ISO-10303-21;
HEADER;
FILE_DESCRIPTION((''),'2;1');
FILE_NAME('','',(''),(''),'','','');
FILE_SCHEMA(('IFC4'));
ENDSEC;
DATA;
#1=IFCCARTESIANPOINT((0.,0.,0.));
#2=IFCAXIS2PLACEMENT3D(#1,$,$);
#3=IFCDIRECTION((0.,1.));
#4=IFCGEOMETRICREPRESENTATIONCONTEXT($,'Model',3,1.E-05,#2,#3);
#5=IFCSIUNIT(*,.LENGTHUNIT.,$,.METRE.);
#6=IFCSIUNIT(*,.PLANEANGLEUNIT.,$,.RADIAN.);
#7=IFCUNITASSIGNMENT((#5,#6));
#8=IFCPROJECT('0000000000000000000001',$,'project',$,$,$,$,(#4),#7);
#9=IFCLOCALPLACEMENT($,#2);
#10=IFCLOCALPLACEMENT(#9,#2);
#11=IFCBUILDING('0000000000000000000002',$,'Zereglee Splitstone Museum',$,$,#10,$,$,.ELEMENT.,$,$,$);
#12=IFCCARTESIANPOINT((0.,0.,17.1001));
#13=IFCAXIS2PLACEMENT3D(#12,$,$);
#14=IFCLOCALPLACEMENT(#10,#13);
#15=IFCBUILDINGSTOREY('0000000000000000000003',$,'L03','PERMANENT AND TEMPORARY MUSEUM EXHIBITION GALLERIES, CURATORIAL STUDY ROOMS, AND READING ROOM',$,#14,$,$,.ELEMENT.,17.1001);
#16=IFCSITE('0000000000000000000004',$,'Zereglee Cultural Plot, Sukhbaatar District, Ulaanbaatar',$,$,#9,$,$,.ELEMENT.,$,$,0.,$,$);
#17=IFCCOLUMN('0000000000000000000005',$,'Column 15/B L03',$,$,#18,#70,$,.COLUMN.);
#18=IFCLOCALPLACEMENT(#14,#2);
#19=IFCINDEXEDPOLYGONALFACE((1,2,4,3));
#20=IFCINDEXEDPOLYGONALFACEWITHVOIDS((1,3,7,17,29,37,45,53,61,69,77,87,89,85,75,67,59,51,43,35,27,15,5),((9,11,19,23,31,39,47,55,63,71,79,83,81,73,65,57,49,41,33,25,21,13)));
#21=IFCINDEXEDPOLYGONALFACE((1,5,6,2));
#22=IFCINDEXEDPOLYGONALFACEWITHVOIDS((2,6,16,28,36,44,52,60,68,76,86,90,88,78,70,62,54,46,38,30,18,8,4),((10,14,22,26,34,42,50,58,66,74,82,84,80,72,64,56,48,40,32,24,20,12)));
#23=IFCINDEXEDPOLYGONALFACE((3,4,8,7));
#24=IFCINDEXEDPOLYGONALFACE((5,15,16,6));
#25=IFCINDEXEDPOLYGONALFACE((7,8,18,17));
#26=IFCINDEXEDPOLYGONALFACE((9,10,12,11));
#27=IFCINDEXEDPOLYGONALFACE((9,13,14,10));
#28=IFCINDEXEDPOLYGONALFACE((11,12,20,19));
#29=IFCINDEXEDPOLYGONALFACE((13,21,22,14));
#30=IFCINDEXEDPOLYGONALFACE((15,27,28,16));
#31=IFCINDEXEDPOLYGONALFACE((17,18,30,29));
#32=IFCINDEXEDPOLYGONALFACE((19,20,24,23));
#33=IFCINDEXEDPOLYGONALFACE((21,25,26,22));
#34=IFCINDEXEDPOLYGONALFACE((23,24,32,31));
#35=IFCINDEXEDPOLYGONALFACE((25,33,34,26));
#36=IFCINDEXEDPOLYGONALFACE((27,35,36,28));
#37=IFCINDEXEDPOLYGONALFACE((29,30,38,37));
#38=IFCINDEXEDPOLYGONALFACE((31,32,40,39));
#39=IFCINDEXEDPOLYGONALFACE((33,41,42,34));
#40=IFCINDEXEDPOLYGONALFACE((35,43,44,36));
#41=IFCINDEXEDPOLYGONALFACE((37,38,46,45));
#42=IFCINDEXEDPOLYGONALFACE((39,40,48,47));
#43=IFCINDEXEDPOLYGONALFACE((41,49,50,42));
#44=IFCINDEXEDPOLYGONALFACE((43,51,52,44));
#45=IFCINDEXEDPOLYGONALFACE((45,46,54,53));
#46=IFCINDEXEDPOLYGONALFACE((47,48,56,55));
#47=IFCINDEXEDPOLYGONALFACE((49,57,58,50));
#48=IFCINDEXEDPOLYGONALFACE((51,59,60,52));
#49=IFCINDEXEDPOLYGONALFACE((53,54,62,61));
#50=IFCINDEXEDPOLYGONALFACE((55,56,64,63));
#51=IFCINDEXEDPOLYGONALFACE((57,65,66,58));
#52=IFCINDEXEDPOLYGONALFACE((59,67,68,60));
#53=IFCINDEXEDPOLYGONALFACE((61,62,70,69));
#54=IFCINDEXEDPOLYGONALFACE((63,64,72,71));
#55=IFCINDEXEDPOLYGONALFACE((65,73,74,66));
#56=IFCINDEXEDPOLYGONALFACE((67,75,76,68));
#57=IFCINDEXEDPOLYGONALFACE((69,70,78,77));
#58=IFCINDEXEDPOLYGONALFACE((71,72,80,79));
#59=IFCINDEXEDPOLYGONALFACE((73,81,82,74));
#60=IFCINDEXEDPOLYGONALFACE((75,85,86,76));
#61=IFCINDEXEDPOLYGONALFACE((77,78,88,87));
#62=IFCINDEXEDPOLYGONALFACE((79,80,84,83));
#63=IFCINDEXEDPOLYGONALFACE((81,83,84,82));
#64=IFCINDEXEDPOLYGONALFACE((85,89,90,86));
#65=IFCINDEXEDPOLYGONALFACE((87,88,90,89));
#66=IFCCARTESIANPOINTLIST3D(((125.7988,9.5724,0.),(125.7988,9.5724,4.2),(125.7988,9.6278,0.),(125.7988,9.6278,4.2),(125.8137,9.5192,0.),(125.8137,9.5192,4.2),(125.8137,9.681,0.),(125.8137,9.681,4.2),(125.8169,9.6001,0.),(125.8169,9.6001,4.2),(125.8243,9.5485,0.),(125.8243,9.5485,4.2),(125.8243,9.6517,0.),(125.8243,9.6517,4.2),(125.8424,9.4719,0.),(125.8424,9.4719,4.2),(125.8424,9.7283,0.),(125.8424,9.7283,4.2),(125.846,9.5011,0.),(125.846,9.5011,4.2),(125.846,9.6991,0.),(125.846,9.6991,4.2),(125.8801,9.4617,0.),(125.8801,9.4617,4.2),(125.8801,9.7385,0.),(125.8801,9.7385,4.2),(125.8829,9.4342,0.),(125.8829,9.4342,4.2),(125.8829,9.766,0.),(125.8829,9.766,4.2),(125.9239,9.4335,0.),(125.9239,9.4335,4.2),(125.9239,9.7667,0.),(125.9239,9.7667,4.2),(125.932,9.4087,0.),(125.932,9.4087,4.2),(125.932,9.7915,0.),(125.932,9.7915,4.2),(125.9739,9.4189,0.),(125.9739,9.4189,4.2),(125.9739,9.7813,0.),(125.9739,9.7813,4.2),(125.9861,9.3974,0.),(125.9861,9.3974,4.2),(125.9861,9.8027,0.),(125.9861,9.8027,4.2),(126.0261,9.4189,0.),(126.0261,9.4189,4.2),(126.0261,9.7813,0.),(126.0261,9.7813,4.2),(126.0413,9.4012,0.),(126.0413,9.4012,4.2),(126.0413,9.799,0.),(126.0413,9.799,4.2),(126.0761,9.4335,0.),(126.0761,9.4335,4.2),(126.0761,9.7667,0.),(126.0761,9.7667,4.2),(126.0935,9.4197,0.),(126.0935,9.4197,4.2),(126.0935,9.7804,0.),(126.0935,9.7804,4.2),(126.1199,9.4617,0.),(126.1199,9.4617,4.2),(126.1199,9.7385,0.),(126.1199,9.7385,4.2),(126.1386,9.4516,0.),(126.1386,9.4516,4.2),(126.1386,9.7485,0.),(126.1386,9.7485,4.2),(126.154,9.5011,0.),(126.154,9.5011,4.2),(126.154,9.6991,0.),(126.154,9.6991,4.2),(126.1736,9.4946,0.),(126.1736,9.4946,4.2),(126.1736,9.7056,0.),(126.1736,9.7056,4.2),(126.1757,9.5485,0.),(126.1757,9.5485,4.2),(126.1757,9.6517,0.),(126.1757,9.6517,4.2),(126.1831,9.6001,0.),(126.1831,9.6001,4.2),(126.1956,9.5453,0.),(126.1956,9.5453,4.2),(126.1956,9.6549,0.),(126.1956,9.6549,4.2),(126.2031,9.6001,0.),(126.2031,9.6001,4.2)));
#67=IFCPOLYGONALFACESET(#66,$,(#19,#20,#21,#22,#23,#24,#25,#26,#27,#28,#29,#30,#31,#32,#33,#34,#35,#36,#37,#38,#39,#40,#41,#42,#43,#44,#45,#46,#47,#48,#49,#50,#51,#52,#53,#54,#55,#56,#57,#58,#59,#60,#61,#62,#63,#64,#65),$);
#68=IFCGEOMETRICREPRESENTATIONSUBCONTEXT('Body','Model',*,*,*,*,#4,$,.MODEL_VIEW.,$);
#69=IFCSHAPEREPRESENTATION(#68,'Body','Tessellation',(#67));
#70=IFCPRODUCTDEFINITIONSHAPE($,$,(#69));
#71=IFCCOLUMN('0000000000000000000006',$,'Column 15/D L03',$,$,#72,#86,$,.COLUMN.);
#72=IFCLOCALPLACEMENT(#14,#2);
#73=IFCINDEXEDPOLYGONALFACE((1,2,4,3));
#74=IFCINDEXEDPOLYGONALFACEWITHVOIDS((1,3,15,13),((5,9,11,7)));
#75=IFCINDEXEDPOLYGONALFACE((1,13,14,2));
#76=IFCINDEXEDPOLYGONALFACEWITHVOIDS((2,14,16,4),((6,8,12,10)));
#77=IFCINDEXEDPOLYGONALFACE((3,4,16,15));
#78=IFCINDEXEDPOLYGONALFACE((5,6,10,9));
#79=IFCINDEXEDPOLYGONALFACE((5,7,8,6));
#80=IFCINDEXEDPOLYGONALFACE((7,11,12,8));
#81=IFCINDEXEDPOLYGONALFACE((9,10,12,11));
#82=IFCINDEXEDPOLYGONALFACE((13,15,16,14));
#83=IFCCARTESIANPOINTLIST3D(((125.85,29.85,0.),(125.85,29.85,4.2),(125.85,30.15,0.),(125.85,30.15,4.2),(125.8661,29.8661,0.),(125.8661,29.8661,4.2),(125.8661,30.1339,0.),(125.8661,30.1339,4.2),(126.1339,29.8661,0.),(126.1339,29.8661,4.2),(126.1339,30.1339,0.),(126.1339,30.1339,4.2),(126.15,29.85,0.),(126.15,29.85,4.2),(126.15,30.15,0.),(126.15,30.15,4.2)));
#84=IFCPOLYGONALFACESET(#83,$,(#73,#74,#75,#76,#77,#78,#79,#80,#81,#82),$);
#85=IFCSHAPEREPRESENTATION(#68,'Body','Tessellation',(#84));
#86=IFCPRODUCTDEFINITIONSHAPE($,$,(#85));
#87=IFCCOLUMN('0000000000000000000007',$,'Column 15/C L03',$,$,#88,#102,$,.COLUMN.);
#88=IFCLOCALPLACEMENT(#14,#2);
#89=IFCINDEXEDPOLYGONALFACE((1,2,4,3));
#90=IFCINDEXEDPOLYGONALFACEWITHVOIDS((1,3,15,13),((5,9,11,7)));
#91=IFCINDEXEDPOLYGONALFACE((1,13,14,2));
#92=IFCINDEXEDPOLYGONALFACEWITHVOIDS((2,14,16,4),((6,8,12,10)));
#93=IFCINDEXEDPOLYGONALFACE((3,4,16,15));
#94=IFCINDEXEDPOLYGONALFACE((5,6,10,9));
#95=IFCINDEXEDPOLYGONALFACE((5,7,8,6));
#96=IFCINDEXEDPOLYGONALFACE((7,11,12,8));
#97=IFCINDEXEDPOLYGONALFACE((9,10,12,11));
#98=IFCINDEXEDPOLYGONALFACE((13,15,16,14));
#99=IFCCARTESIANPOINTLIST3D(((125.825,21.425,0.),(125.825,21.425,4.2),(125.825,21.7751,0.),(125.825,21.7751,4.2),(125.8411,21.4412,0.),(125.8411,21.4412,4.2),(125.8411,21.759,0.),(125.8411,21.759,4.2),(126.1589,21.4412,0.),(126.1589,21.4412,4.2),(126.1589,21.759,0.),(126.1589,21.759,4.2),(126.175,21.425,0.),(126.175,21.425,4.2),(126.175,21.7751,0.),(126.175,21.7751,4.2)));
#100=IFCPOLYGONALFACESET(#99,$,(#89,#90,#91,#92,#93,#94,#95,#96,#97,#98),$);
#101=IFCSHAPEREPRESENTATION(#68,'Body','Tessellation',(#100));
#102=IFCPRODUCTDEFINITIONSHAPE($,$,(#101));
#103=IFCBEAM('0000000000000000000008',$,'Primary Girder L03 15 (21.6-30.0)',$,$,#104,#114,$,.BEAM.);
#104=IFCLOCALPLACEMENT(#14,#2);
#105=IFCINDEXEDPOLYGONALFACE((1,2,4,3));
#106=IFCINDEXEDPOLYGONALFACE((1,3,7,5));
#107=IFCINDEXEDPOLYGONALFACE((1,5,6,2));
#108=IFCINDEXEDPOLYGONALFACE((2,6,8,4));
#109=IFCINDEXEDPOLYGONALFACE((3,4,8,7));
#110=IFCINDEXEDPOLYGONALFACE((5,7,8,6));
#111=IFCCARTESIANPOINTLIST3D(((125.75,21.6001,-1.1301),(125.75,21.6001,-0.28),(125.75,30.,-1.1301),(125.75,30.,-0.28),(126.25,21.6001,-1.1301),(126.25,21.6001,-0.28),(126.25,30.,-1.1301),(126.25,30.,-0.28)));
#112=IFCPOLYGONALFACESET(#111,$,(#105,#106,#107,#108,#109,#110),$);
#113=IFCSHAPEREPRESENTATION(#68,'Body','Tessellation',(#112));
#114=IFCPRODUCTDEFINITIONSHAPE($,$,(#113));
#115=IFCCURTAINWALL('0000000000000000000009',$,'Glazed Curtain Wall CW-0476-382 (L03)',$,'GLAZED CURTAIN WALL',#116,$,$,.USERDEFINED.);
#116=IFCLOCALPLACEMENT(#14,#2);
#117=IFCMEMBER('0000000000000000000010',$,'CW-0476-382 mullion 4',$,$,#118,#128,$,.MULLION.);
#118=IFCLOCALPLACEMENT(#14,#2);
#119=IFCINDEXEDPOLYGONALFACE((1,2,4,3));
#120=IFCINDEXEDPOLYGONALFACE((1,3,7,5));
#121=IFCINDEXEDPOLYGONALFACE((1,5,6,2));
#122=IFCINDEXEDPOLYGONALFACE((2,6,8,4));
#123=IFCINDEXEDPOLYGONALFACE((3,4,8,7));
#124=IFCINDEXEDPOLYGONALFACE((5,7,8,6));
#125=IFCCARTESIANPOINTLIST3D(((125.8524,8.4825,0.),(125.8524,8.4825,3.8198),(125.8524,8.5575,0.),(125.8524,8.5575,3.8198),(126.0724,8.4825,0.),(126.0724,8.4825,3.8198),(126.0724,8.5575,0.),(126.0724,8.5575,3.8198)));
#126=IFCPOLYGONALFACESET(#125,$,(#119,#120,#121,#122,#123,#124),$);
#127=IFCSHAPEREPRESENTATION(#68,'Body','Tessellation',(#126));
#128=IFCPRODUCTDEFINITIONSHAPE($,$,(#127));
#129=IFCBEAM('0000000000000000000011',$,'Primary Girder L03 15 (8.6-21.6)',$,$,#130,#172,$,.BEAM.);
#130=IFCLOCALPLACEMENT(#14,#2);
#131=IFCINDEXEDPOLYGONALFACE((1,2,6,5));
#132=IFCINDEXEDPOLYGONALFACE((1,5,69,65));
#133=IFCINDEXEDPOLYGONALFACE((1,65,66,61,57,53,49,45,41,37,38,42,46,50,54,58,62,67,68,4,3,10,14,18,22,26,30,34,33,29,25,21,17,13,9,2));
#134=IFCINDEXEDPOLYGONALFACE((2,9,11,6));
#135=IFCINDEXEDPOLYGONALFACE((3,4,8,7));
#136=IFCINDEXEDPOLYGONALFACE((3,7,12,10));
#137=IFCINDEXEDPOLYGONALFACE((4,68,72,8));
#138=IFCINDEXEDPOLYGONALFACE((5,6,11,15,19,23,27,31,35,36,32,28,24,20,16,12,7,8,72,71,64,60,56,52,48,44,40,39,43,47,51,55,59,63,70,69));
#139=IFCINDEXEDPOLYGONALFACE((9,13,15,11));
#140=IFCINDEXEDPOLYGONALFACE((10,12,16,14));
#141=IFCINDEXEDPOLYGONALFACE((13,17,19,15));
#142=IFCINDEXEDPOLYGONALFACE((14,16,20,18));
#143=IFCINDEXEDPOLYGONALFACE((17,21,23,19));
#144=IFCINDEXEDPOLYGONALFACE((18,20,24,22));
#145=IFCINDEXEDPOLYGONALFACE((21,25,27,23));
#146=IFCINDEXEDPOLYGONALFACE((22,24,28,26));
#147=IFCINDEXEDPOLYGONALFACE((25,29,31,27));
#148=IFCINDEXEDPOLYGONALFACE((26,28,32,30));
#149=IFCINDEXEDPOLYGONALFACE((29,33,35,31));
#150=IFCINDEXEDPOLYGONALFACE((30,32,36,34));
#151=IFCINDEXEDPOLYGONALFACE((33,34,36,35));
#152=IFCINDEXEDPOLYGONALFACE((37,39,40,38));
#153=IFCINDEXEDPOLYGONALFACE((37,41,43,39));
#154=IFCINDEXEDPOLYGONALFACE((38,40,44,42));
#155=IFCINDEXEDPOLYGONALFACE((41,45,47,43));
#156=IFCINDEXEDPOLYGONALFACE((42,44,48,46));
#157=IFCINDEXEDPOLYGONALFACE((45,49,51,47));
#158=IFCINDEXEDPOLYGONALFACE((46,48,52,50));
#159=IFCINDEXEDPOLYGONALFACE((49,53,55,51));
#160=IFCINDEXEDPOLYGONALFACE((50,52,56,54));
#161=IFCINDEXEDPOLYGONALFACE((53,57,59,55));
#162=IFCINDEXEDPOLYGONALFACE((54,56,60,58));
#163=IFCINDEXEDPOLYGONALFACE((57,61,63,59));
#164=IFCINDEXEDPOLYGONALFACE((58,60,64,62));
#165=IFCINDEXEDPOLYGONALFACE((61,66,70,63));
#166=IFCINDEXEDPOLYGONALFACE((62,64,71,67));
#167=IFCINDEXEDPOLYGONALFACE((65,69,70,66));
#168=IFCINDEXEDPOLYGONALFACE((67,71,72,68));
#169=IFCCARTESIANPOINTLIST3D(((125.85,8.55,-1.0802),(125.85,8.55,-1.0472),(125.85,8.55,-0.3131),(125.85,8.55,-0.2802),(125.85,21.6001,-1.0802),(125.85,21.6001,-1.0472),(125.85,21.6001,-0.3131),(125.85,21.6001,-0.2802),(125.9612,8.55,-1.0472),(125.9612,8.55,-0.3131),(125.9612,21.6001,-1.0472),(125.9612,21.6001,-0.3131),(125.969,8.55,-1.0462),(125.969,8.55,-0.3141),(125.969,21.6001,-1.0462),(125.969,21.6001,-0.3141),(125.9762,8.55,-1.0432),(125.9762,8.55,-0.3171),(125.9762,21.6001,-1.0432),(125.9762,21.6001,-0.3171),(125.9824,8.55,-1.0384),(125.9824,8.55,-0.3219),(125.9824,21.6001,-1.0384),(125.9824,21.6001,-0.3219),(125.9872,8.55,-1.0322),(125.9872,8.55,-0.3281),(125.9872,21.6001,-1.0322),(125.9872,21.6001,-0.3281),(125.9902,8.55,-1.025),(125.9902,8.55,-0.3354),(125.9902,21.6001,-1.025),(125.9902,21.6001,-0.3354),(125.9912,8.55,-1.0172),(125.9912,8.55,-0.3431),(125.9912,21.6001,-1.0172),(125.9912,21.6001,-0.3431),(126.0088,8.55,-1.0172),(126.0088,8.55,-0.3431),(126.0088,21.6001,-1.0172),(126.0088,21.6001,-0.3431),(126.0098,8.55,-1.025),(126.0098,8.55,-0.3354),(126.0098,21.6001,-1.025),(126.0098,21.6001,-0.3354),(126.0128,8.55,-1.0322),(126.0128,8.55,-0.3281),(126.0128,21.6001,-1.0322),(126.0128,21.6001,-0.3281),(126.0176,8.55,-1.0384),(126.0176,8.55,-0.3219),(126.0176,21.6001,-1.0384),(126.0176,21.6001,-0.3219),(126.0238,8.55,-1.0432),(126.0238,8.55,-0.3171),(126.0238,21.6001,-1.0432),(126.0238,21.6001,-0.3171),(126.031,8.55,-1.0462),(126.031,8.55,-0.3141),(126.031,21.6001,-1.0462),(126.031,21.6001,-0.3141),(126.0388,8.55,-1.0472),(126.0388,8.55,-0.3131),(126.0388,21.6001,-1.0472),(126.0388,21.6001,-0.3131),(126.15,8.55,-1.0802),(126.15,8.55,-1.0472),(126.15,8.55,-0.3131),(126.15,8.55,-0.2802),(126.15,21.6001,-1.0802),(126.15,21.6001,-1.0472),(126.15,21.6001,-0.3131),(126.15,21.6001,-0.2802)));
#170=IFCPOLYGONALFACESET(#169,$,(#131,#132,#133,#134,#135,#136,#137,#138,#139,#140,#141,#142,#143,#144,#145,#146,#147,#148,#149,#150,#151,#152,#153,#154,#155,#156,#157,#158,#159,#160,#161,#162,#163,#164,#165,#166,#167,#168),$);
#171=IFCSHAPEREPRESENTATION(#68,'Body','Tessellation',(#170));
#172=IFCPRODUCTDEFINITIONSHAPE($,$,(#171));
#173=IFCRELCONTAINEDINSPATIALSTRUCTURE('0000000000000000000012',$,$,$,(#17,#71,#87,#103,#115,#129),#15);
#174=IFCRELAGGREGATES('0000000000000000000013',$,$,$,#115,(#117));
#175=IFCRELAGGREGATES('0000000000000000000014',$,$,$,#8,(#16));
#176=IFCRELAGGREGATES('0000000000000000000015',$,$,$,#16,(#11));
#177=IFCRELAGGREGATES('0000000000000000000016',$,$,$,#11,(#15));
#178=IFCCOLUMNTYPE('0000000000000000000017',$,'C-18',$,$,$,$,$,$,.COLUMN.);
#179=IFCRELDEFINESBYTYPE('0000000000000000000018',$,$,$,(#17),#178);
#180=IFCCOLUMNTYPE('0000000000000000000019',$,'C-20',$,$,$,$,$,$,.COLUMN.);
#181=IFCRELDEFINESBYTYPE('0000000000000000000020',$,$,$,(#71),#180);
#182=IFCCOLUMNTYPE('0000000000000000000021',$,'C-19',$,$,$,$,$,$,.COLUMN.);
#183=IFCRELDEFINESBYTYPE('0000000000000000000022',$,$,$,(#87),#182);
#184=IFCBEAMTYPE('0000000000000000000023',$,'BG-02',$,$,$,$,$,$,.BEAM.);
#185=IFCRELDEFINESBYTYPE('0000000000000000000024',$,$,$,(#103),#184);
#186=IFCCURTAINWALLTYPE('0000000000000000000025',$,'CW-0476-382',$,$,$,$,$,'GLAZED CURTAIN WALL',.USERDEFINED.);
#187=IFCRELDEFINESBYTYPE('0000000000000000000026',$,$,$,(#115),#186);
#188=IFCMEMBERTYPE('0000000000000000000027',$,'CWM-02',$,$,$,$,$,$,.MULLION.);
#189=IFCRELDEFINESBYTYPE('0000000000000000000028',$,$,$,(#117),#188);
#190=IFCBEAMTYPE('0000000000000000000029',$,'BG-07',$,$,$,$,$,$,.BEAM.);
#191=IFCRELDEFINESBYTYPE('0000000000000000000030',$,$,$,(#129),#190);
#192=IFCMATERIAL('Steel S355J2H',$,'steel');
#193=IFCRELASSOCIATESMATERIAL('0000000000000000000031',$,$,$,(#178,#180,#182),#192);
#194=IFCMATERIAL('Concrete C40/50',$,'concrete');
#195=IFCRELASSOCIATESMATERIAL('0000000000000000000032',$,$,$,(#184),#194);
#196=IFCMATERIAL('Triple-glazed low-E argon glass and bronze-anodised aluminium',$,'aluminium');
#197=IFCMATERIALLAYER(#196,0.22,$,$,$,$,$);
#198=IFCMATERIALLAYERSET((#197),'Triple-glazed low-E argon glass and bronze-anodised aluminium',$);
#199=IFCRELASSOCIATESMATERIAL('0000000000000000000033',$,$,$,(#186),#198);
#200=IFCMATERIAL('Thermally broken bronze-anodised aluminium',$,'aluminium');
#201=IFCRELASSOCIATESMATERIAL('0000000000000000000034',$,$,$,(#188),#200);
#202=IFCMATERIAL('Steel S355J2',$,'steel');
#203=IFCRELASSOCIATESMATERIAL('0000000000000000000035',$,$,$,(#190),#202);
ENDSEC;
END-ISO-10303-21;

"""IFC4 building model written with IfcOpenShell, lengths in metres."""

from ifc_helpers import new_model, si_unit, direction, frame, origin, origin_2d, place, context, subcontext, project, spatial, rectangle, hollow_rectangle, hollow_circle, i_section, extrude, material, layer, layer_set, material_profile, profile_set, type_object, element, aggregate, save


model = new_model("IFC4")

# Units and contexts
model_context = context("Model", 3, precision=1e-05, world=origin(), true_north=direction((0.0, 1.0)))
body_context = subcontext(model_context, "Body", "Model", "MODEL_VIEW")
ifc_project = project(units=[si_unit("LENGTHUNIT", "METRE"), si_unit("PLANEANGLEUNIT", "RADIAN")], contexts=[model_context])

# Site, building, storey
site_placement = place(None, origin())
site = spatial("IfcSite", under=ifc_project, at=site_placement, Name="Zereglee Cultural Plot, Sukhbaatar District, Ulaanbaatar", CompositionType="ELEMENT", RefElevation=0.0)
building_placement = place(site_placement, origin())
building = spatial("IfcBuilding", under=site, at=building_placement, Name="Zereglee Splitstone Museum", CompositionType="ELEMENT")
storey_placement = place(building_placement, frame((0.0, 0.0, 17.1001)))
storey = spatial("IfcBuildingStorey", under=building, at=storey_placement, Name="L03", Description="PERMANENT AND TEMPORARY MUSEUM EXHIBITION GALLERIES, CURATORIAL STUDY ROOMS, AND READING ROOM", CompositionType="ELEMENT", Elevation=17.1001)

# Columns
ifc_material_1 = material(Name="Steel S355J2H", Category="steel")
ifc_material_profile_1 = material_profile(ifc_material_1, hollow_circle(Radius=0.2031, WallThickness=0.02, at=origin_2d()), Name="CHS 406.4x20")
ifc_profile_set_1 = profile_set([ifc_material_profile_1], Name="Steel S355J2H")
column_type_1 = type_object("IfcColumnType", Name="C-18", PredefinedType="COLUMN", material=ifc_profile_set_1)
column_1_placement = place(storey_placement, frame((126.0, 9.6001, 0.0), z_axis=(0.0, 0.0, 1.0), x_axis=(1.0, 0.0, 0.0)))
element("IfcColumn", 1, at=column_1_placement, inside=storey, type_object=column_type_1, Name="Column 15/B L03", PredefinedType="COLUMN", context=body_context, shape_type="SweptSolid", body=[
    extrude(hollow_circle(Radius=0.2031, WallThickness=0.02, at=origin_2d()), origin(), (0.0, 0.0, 1.0), 4.2),
])
ifc_material_profile_2 = material_profile(ifc_material_1, hollow_rectangle(XDim=0.3, YDim=0.3, WallThickness=0.0161, at=origin_2d()), Name="SHS 300x300x16")
ifc_profile_set_2 = profile_set([ifc_material_profile_2], Name="Steel S355J2H")
column_type_2 = type_object("IfcColumnType", Name="C-20", PredefinedType="COLUMN", material=ifc_profile_set_2)
column_2_placement = place(storey_placement, frame((126.0, 30.0, 0.0), z_axis=(0.0, 0.0, 1.0), x_axis=(1.0, 0.0, 0.0)))
element("IfcColumn", 2, at=column_2_placement, inside=storey, type_object=column_type_2, Name="Column 15/D L03", PredefinedType="COLUMN", context=body_context, shape_type="SweptSolid", body=[
    extrude(hollow_rectangle(XDim=0.3, YDim=0.3, WallThickness=0.0161, at=origin_2d()), origin(), (0.0, 0.0, 1.0), 4.2),
])
ifc_material_profile_3 = material_profile(ifc_material_1, hollow_rectangle(XDim=0.3501, YDim=0.3501, WallThickness=0.0161, at=origin_2d()), Name="SHS 350x350x16")
ifc_profile_set_3 = profile_set([ifc_material_profile_3], Name="Steel S355J2H")
column_type_3 = type_object("IfcColumnType", Name="C-19", PredefinedType="COLUMN", material=ifc_profile_set_3)
column_3_placement = place(storey_placement, frame((126.0, 21.6001, 0.0), z_axis=(0.0, 0.0, 1.0), x_axis=(1.0, 0.0, 0.0)))
element("IfcColumn", 3, at=column_3_placement, inside=storey, type_object=column_type_3, Name="Column 15/C L03", PredefinedType="COLUMN", context=body_context, shape_type="SweptSolid", body=[
    extrude(hollow_rectangle(XDim=0.3501, YDim=0.3501, WallThickness=0.0161, at=origin_2d()), origin(), (0.0, 0.0, 1.0), 4.2),
])

# Beam
ifc_material_2 = material(Name="Concrete C40/50", Category="concrete")
ifc_material_profile_4 = material_profile(ifc_material_2, rectangle(XDim=0.5, YDim=0.8501, at=origin_2d()), Name="RC 500x850")
ifc_profile_set_4 = profile_set([ifc_material_profile_4], Name="Concrete C40/50")
beam_type_1 = type_object("IfcBeamType", Name="BG-02", PredefinedType="BEAM", material=ifc_profile_set_4)
beam_1_placement = place(storey_placement, frame((126.0, 21.6001, -0.7051), z_axis=(0.0, 1.0, 0.0), x_axis=(-1.0, 0.0, 0.0)))
element("IfcBeam", 4, at=beam_1_placement, inside=storey, type_object=beam_type_1, Name="Primary Girder L03 15 (21.6-30.0)", PredefinedType="BEAM", context=body_context, shape_type="SweptSolid", body=[
    extrude(rectangle(XDim=0.5, YDim=0.8501, at=origin_2d()), origin(), (0.0, 0.0, 1.0), 8.3999),
])

# Curtain wall, member
ifc_material_3 = material(Name="Triple-glazed low-E argon glass and bronze-anodised aluminium", Category="aluminium")
ifc_layer_1 = layer(ifc_material_3, 0.22)
ifc_layer_set_1 = layer_set([ifc_layer_1], Name="Triple-glazed low-E argon glass and bronze-anodised aluminium")
curtain_wall_type = type_object("IfcCurtainWallType", Name="CW-0476-382", ElementType="GLAZED CURTAIN WALL", PredefinedType="USERDEFINED", material=ifc_layer_set_1)
curtain_wall_placement = place(storey_placement, origin())
curtain_wall = element("IfcCurtainWall", 5, at=curtain_wall_placement, inside=storey, type_object=curtain_wall_type, Name="Glazed Curtain Wall CW-0476-382 (L03)", ObjectType="GLAZED CURTAIN WALL", PredefinedType="USERDEFINED")
ifc_material_4 = material(Name="Thermally broken bronze-anodised aluminium", Category="aluminium")
ifc_material_profile_5 = material_profile(ifc_material_4, rectangle(XDim=0.075, YDim=0.22, at=origin_2d()), Name="CW MULL 75x220")
ifc_profile_set_5 = profile_set([ifc_material_profile_5], Name="Thermally broken bronze-anodised aluminium")
member_type_1 = type_object("IfcMemberType", Name="CWM-02", PredefinedType="MULLION", material=ifc_profile_set_5)
member_1_placement = place(storey_placement, frame((125.9624, 8.52, 0.0), z_axis=(0.0, 0.0, 1.0), x_axis=(0.0, 1.0, 0.0)))
member_1 = element("IfcMember", 6, at=member_1_placement, type_object=member_type_1, Name="CW-0476-382 mullion 4", PredefinedType="MULLION", context=body_context, shape_type="SweptSolid", body=[
    extrude(rectangle(XDim=0.075, YDim=0.22, at=origin_2d()), origin(), (0.0, 0.0, 1.0), 3.8198),
])

# Beam
ifc_material_5 = material(Name="Steel S355J2", Category="steel")
ifc_material_profile_6 = material_profile(ifc_material_5, i_section(OverallWidth=0.3, OverallDepth=0.8, WebThickness=0.0176, FlangeThickness=0.033, FilletRadius=0.03, at=origin_2d()), Name="HE 800 B")
ifc_profile_set_6 = profile_set([ifc_material_profile_6], Name="Steel S355J2")
beam_type_2 = type_object("IfcBeamType", Name="BG-07", PredefinedType="BEAM", material=ifc_profile_set_6)
beam_2_placement = place(storey_placement, frame((126.0, 8.55, -0.6802), z_axis=(0.0, 1.0, 0.0), x_axis=(-1.0, 0.0, 0.0)))
element("IfcBeam", 7, at=beam_2_placement, inside=storey, type_object=beam_type_2, Name="Primary Girder L03 15 (8.6-21.6)", PredefinedType="BEAM", context=body_context, shape_type="SweptSolid", body=[
    extrude(i_section(OverallWidth=0.3, OverallDepth=0.8, WebThickness=0.0176, FlangeThickness=0.033, FilletRadius=0.03, at=origin_2d()), origin(), (0.0, 0.0, 1.0), 13.05),
])

aggregate(curtain_wall, [member_1])

save(model, "model.ifc")
